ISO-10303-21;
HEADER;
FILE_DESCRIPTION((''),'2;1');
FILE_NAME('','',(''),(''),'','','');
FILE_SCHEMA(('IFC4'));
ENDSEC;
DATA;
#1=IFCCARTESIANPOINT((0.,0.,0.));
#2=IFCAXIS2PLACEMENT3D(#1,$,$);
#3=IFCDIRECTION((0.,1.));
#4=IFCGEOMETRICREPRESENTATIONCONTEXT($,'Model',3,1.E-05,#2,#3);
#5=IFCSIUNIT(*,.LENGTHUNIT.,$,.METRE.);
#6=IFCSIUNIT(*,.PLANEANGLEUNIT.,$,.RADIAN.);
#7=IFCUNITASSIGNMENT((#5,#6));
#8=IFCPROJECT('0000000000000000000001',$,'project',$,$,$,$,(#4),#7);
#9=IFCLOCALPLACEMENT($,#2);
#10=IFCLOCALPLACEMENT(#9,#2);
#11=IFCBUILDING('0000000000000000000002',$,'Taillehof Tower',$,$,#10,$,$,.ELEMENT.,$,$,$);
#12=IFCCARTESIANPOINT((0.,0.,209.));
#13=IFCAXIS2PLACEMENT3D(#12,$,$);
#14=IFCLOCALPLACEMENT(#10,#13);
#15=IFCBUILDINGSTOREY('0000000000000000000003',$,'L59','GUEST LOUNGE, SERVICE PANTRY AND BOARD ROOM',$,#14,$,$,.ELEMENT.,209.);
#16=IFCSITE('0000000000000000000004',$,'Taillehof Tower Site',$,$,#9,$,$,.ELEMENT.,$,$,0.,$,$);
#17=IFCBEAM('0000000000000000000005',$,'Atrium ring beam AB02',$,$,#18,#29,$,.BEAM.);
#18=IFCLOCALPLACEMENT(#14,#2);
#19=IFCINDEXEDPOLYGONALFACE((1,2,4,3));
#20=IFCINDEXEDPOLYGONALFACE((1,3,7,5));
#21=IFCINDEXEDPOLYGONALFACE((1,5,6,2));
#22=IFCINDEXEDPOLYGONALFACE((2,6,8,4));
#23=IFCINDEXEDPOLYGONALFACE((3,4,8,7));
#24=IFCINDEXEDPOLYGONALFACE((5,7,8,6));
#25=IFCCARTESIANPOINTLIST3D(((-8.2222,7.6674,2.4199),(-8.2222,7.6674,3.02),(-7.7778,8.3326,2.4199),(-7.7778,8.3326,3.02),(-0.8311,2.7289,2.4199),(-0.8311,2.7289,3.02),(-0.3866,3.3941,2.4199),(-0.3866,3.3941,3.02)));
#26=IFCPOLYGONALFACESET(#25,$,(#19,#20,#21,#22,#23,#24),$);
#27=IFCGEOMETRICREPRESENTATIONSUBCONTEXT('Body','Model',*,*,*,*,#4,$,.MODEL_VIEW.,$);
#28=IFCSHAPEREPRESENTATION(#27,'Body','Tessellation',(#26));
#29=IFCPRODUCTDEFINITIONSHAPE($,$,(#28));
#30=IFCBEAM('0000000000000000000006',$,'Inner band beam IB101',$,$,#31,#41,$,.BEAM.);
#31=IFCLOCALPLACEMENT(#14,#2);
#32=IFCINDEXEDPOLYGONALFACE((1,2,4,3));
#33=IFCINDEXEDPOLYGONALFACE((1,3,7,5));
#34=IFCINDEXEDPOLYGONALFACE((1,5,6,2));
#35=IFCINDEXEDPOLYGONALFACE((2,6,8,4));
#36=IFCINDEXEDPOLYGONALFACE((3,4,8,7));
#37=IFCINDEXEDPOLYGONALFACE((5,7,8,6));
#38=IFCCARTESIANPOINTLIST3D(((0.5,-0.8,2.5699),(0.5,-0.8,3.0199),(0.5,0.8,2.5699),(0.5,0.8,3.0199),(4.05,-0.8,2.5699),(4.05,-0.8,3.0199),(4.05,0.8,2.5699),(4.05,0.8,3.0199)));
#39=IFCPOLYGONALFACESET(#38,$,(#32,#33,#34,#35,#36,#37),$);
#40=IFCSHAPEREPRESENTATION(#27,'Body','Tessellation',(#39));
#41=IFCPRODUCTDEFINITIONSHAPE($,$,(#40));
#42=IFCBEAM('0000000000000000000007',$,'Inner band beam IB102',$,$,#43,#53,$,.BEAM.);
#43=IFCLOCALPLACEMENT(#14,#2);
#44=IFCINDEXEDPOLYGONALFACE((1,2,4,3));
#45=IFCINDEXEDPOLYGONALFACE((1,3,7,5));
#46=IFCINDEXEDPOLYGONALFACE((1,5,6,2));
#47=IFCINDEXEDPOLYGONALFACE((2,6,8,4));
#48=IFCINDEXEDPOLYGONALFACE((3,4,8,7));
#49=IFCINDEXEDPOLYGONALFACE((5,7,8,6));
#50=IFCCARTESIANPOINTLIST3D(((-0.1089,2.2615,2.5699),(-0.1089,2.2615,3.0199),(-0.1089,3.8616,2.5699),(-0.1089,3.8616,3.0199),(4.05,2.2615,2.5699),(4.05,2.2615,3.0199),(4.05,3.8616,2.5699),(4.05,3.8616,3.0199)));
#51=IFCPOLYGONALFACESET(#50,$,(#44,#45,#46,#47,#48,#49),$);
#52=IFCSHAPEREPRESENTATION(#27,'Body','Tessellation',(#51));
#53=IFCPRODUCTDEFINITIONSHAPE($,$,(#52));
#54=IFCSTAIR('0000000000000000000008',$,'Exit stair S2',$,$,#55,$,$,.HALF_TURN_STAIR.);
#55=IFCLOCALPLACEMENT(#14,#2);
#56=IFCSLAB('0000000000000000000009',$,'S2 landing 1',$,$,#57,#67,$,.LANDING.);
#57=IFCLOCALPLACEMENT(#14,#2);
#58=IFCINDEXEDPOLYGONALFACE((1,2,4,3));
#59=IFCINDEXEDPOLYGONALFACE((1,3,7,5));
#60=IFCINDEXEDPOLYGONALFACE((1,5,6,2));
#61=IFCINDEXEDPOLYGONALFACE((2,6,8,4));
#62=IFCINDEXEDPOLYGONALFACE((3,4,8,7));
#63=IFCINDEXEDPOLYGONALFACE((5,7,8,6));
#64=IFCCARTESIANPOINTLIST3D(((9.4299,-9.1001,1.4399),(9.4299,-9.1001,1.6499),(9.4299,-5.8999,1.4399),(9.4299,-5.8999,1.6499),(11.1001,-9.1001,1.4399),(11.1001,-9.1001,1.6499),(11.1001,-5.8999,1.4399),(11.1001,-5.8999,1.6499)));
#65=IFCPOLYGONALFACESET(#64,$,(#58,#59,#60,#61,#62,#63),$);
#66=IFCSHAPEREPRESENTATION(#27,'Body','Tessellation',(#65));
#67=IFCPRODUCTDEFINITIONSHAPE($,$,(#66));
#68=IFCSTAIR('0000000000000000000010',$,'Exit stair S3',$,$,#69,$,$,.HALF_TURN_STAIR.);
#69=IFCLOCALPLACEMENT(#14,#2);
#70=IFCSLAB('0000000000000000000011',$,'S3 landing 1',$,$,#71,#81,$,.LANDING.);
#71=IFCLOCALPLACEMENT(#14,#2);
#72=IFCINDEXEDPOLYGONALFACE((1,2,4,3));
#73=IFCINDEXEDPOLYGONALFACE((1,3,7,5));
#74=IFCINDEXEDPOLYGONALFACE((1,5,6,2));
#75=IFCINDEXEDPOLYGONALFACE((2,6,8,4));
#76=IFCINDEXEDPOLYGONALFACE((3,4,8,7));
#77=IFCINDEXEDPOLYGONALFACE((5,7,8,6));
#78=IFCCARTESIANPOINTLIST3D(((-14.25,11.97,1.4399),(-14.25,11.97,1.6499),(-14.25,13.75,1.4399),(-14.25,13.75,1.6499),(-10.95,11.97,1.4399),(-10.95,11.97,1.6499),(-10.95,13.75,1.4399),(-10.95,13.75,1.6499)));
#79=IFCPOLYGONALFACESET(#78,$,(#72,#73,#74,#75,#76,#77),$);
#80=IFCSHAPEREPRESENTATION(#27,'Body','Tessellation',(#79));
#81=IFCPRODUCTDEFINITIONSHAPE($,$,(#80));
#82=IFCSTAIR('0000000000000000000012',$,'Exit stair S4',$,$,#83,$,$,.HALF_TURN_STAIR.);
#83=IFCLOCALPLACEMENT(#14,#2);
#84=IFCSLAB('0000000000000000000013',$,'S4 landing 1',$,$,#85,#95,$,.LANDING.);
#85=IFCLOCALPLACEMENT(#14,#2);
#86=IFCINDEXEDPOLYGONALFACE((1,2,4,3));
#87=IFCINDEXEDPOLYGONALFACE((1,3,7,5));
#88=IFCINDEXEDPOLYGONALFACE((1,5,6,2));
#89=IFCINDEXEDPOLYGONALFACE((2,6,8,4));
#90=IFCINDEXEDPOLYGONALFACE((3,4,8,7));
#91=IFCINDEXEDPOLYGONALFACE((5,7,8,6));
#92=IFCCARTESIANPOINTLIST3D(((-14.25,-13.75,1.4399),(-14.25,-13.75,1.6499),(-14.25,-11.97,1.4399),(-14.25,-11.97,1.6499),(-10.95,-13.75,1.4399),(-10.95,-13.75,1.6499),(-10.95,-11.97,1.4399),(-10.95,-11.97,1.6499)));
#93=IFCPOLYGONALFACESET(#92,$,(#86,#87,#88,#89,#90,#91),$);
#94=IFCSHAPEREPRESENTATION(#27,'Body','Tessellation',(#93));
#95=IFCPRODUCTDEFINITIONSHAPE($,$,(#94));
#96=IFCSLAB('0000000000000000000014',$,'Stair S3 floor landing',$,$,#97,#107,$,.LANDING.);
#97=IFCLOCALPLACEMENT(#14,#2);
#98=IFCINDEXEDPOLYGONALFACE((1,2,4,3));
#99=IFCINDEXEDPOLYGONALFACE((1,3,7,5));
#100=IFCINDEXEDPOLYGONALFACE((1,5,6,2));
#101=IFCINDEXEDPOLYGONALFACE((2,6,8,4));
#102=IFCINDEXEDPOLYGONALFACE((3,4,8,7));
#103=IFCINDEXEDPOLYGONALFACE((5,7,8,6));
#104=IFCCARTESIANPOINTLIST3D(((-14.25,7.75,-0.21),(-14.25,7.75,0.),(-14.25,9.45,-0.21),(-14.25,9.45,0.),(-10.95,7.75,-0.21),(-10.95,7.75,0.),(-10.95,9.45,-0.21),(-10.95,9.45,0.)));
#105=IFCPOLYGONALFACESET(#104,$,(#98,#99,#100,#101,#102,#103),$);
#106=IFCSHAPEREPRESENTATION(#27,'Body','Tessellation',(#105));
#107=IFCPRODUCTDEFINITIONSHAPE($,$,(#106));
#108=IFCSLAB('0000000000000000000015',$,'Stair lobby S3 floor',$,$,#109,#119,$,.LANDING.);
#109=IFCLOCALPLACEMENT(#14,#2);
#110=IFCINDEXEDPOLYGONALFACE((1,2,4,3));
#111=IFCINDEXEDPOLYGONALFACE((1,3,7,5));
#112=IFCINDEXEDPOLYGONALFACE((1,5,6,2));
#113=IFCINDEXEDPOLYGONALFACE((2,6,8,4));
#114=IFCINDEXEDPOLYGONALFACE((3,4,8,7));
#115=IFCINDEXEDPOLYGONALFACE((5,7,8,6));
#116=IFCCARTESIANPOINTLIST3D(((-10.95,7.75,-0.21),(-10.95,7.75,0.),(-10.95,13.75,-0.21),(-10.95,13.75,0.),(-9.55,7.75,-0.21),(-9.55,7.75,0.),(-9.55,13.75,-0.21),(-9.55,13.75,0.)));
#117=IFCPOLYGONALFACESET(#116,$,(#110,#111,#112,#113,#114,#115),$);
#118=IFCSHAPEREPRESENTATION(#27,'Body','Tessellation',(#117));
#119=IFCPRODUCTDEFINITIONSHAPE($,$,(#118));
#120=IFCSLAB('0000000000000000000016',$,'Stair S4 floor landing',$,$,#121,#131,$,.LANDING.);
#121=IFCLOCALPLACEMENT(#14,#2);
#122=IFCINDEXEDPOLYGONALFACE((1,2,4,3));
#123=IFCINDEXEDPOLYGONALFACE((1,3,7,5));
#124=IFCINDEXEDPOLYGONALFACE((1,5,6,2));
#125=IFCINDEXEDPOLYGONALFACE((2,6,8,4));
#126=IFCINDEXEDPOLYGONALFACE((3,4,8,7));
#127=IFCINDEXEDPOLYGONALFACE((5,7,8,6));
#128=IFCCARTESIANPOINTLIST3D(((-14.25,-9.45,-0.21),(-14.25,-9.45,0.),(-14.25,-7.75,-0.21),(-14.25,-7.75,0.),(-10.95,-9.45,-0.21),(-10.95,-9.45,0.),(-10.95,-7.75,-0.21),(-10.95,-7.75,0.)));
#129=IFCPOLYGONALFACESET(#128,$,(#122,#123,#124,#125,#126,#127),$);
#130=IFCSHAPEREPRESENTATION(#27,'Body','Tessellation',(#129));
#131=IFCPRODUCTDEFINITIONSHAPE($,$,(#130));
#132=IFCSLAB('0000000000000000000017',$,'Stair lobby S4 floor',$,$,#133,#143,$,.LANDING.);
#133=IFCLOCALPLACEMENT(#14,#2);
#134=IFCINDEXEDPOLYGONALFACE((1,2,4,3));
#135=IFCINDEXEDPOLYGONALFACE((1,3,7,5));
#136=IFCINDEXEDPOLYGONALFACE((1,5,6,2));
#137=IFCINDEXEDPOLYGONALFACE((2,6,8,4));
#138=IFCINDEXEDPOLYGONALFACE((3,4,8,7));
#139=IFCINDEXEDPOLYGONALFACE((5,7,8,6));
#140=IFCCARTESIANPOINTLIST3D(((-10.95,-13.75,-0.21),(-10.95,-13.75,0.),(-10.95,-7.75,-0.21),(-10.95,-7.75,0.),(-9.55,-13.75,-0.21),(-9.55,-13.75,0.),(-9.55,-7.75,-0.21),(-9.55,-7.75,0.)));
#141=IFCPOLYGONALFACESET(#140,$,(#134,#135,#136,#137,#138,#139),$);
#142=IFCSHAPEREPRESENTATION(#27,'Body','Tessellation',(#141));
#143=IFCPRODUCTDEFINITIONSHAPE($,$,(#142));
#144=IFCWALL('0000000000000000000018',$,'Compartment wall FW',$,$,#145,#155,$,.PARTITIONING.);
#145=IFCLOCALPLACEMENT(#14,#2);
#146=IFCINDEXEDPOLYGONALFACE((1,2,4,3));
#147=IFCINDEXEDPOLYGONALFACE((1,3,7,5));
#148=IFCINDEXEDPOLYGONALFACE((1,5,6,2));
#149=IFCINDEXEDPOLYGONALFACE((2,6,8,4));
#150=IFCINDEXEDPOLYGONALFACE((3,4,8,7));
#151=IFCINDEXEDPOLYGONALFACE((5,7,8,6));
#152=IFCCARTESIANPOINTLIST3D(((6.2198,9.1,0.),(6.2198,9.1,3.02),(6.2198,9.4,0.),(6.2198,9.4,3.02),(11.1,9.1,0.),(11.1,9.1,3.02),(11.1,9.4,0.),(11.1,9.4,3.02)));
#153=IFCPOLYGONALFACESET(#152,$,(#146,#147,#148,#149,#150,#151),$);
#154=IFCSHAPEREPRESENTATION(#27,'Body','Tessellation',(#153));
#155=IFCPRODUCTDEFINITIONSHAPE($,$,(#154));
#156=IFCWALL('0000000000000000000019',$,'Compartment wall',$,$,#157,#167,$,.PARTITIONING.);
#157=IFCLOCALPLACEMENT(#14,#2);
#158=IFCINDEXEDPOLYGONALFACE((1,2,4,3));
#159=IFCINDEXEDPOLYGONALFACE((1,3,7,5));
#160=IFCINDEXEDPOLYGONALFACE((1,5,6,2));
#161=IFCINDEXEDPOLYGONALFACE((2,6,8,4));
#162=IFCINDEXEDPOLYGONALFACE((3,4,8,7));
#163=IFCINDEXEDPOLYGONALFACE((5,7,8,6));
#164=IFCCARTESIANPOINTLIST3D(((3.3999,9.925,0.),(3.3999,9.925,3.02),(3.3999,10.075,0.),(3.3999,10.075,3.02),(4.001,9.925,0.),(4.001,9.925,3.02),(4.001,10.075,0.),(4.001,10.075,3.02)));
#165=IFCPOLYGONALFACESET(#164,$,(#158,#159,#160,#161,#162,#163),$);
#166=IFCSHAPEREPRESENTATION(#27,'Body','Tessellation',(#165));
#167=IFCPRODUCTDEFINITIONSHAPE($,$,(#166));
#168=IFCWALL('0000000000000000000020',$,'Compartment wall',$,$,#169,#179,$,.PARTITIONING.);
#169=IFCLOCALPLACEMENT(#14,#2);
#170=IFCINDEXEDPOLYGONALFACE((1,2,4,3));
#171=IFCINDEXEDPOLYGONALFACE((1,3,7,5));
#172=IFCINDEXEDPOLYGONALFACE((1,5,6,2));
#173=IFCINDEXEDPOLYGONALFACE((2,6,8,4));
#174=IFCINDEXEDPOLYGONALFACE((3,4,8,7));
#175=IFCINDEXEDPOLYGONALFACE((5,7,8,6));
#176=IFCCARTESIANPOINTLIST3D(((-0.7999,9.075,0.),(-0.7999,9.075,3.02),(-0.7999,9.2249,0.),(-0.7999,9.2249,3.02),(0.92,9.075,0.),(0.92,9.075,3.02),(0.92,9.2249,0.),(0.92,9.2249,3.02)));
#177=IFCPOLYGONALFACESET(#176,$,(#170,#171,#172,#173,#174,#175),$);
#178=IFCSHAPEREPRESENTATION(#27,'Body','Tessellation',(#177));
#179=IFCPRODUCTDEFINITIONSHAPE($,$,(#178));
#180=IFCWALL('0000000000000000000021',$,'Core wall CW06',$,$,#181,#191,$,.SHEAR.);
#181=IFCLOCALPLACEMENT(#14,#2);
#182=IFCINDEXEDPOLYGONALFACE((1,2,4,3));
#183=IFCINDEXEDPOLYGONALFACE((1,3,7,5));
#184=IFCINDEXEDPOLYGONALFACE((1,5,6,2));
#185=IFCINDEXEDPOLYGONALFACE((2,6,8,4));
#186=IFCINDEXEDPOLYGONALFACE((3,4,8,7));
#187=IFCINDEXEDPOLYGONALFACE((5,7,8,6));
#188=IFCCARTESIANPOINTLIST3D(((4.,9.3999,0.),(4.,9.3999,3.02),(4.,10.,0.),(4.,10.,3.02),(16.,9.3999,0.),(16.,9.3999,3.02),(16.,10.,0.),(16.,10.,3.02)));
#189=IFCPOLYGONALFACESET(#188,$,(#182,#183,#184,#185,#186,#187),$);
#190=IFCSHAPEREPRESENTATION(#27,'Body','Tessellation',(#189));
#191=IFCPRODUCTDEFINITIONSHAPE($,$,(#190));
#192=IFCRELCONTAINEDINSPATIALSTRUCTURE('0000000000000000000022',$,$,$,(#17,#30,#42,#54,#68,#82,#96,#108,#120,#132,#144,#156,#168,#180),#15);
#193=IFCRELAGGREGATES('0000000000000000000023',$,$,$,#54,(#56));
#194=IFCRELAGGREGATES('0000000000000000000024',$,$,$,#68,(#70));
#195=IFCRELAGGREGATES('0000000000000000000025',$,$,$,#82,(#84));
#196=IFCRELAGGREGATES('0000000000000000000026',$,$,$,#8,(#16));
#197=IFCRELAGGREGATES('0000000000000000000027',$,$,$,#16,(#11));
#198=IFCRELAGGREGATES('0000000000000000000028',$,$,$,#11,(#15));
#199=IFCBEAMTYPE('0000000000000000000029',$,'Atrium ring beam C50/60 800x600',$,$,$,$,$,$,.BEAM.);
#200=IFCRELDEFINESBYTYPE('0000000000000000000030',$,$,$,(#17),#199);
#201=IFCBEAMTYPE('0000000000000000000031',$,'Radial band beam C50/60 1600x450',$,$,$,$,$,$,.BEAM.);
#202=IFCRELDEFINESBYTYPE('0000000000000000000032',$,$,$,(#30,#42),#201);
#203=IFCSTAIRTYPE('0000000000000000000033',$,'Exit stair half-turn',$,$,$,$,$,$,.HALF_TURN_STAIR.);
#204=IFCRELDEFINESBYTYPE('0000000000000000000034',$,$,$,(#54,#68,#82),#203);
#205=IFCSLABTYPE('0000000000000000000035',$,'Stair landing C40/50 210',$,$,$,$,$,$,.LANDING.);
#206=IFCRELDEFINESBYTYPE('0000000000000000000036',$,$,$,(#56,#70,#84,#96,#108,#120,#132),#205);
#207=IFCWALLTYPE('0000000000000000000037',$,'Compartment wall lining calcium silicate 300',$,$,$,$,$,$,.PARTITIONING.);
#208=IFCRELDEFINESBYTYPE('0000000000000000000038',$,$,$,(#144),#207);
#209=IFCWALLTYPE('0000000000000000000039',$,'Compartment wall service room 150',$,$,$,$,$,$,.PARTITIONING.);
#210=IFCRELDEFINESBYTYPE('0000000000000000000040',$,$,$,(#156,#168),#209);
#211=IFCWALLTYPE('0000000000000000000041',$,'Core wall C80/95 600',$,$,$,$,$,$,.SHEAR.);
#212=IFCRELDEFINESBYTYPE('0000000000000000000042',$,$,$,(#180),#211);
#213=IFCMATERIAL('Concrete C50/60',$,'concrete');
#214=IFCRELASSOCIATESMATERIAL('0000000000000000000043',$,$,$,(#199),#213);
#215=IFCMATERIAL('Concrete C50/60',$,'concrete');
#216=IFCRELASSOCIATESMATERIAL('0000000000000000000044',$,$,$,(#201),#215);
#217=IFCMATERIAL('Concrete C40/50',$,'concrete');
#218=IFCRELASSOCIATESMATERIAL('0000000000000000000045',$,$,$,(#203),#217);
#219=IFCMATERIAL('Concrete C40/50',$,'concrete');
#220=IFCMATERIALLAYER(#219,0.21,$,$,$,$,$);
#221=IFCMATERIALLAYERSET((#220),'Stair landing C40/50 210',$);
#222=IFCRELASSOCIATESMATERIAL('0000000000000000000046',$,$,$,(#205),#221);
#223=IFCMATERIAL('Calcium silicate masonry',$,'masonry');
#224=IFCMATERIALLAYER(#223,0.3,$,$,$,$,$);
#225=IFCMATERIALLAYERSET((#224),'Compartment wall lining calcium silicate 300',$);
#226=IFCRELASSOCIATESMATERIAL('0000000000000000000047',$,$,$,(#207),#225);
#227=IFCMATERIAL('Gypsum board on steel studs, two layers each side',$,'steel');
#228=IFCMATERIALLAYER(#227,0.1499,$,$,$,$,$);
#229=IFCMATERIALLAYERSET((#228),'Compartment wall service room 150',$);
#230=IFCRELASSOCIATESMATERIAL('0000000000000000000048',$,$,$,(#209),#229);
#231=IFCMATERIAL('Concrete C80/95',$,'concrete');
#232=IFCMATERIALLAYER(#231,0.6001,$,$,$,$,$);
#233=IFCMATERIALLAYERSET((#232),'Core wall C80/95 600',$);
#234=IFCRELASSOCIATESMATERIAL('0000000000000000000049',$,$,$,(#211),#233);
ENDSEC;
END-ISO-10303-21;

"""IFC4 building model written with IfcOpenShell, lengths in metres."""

from ifc_helpers import new_model, si_unit, direction, frame, frame_2d, origin, origin_2d, place, context, subcontext, project, spatial, polyline, rectangle, outline, extrude, material, layer, layer_set, material_profile, profile_set, type_object, element, aggregate, save


model = new_model("IFC4")

# Units and contexts
model_context = context("Model", 3, precision=1e-05, world=origin(), true_north=direction((0.0, 1.0)))
body_context = subcontext(model_context, "Body", "Model", "MODEL_VIEW")
ifc_project = project(units=[si_unit("LENGTHUNIT", "METRE"), si_unit("PLANEANGLEUNIT", "RADIAN")], contexts=[model_context])

# Site, building, storey
site_placement = place(None, origin())
site = spatial("IfcSite", under=ifc_project, at=site_placement, Name="Taillehof Tower Site", CompositionType="ELEMENT", RefElevation=0.0)
building_placement = place(site_placement, origin())
building = spatial("IfcBuilding", under=site, at=building_placement, Name="Taillehof Tower", CompositionType="ELEMENT")
storey_placement = place(building_placement, frame((0.0, 0.0, 209.0)))
storey = spatial("IfcBuildingStorey", under=building, at=storey_placement, Name="L59", Description="GUEST LOUNGE, SERVICE PANTRY AND BOARD ROOM", CompositionType="ELEMENT", Elevation=209.0)

# Beams
ifc_material_1 = material(Name="Concrete C50/60", Category="concrete")
ifc_material_profile_1 = material_profile(ifc_material_1, rectangle(XDim=0.8, YDim=0.6001, at=origin_2d()), Name="RC 800x600")
ifc_profile_set_1 = profile_set([ifc_material_profile_1], Name="Concrete C50/60")
beam_type_1 = type_object("IfcBeamType", Name="Atrium ring beam C50/60 800x600", PredefinedType="BEAM", material=ifc_profile_set_1)
beam_1_placement = place(storey_placement, frame((-0.6089, 3.0615, 2.72), z_axis=(-0.831475, 0.555562, 0.0), x_axis=(-0.555562, -0.831475, 0.0)))
element("IfcBeam", 1, at=beam_1_placement, inside=storey, type_object=beam_type_1, Name="Atrium ring beam AB02", PredefinedType="BEAM", context=body_context, shape_type="SweptSolid", body=[
    extrude(rectangle(XDim=0.8, YDim=0.6001, at=origin_2d()), origin(), (0.0, 0.0, 1.0), 8.8892),
])
ifc_material_2 = material(Name="Concrete C50/60", Category="concrete")
ifc_material_profile_2 = material_profile(ifc_material_2, rectangle(XDim=1.6001, YDim=0.45, at=origin_2d()), Name="RC 1600x450")
ifc_profile_set_2 = profile_set([ifc_material_profile_2], Name="Concrete C50/60")
beam_type_2 = type_object("IfcBeamType", Name="Radial band beam C50/60 1600x450", PredefinedType="BEAM", material=ifc_profile_set_2)
beam_2_placement = place(storey_placement, frame((0.5, 0.0, 2.7949), z_axis=(1.0, 0.0, 0.0), x_axis=(0.0, 1.0, 0.0)))
element("IfcBeam", 2, at=beam_2_placement, inside=storey, type_object=beam_type_2, Name="Inner band beam IB101", PredefinedType="BEAM", context=body_context, shape_type="SweptSolid", body=[
    extrude(rectangle(XDim=1.6001, YDim=0.45, at=origin_2d()), origin(), (0.0, 0.0, 1.0), 3.55),
])
beam_3_placement = place(storey_placement, frame((-0.1089, 3.0615, 2.7949), z_axis=(1.0, 0.0, 0.0), x_axis=(0.0, 1.0, 0.0)))
element("IfcBeam", 3, at=beam_3_placement, inside=storey, type_object=beam_type_2, Name="Inner band beam IB102", PredefinedType="BEAM", context=body_context, shape_type="SweptSolid", body=[
    extrude(rectangle(XDim=1.6001, YDim=0.45, at=origin_2d()), origin(), (0.0, 0.0, 1.0), 4.1589),
])

# Stairs, slabs
ifc_material_3 = material(Name="Concrete C40/50", Category="concrete")
stair_type = type_object("IfcStairType", Name="Exit stair half-turn", PredefinedType="HALF_TURN_STAIR", material=ifc_material_3)
stair_1_placement = place(storey_placement, origin())
stair_1 = element("IfcStair", 4, at=stair_1_placement, inside=storey, type_object=stair_type, Name="Exit stair S2", PredefinedType="HALF_TURN_STAIR")
ifc_material_4 = material(Name="Concrete C40/50", Category="concrete")
ifc_layer_1 = layer(ifc_material_4, 0.21)
ifc_layer_set_1 = layer_set([ifc_layer_1], Name="Stair landing C40/50 210")
slab_type = type_object("IfcSlabType", Name="Stair landing C40/50 210", PredefinedType="LANDING", material=ifc_layer_set_1)
slab_1_placement = place(storey_placement, frame((0.0, 0.0, 1.4399)))
slab_1 = element("IfcSlab", 5, at=slab_1_placement, type_object=slab_type, Name="S2 landing 1", PredefinedType="LANDING", context=body_context, shape_type="SweptSolid", body=[
    extrude(outline(polyline([(9.4299, -5.8999), (11.1001, -5.8999), (11.1001, -9.1001), (9.4299, -9.1001), (9.4299, -5.8999)])), origin(), (0.0, 0.0, 1.0), 0.21),
])
aggregate(stair_1, [slab_1])
stair_2_placement = place(storey_placement, origin())
stair_2 = element("IfcStair", 6, at=stair_2_placement, inside=storey, type_object=stair_type, Name="Exit stair S3", PredefinedType="HALF_TURN_STAIR")
slab_2_placement = place(storey_placement, frame((0.0, 0.0, 1.4399)))
slab_2 = element("IfcSlab", 7, at=slab_2_placement, type_object=slab_type, Name="S3 landing 1", PredefinedType="LANDING", context=body_context, shape_type="SweptSolid", body=[
    extrude(outline(polyline([(-14.25, 11.97), (-14.25, 13.75), (-10.95, 13.75), (-10.95, 11.97), (-14.25, 11.97)])), origin(), (0.0, 0.0, 1.0), 0.21),
])
aggregate(stair_2, [slab_2])
stair_3_placement = place(storey_placement, origin())
stair_3 = element("IfcStair", 8, at=stair_3_placement, inside=storey, type_object=stair_type, Name="Exit stair S4", PredefinedType="HALF_TURN_STAIR")
slab_3_placement = place(storey_placement, frame((0.0, 0.0, 1.4399)))
slab_3 = element("IfcSlab", 9, at=slab_3_placement, type_object=slab_type, Name="S4 landing 1", PredefinedType="LANDING", context=body_context, shape_type="SweptSolid", body=[
    extrude(outline(polyline([(-14.25, -11.97), (-14.25, -13.75), (-10.95, -13.75), (-10.95, -11.97), (-14.25, -11.97)])), origin(), (0.0, 0.0, 1.0), 0.21),
])
aggregate(stair_3, [slab_3])

# Slabs
slab_4_placement = place(storey_placement, frame((0.0, 0.0, -0.21)))
element("IfcSlab", 10, at=slab_4_placement, inside=storey, type_object=slab_type, Name="Stair S3 floor landing", PredefinedType="LANDING", context=body_context, shape_type="SweptSolid", body=[
    extrude(outline(polyline([(-14.25, 7.75), (-14.25, 9.45), (-10.95, 9.45), (-10.95, 7.75), (-14.25, 7.75)])), origin(), (0.0, 0.0, 1.0), 0.21),
])
slab_5_placement = place(storey_placement, frame((0.0, 0.0, -0.21)))
element("IfcSlab", 11, at=slab_5_placement, inside=storey, type_object=slab_type, Name="Stair lobby S3 floor", PredefinedType="LANDING", context=body_context, shape_type="SweptSolid", body=[
    extrude(outline(polyline([(-10.95, 7.75), (-9.55, 7.75), (-9.55, 13.75), (-10.95, 13.75), (-10.95, 7.75)])), origin(), (0.0, 0.0, 1.0), 0.21),
])
slab_6_placement = place(storey_placement, frame((0.0, 0.0, -0.21)))
element("IfcSlab", 12, at=slab_6_placement, inside=storey, type_object=slab_type, Name="Stair S4 floor landing", PredefinedType="LANDING", context=body_context, shape_type="SweptSolid", body=[
    extrude(outline(polyline([(-14.25, -7.75), (-14.25, -9.45), (-10.95, -9.45), (-10.95, -7.75), (-14.25, -7.75)])), origin(), (0.0, 0.0, 1.0), 0.21),
])
slab_7_placement = place(storey_placement, frame((0.0, 0.0, -0.21)))
element("IfcSlab", 13, at=slab_7_placement, inside=storey, type_object=slab_type, Name="Stair lobby S4 floor", PredefinedType="LANDING", context=body_context, shape_type="SweptSolid", body=[
    extrude(outline(polyline([(-10.95, -13.75), (-9.55, -13.75), (-9.55, -7.75), (-10.95, -7.75), (-10.95, -13.75)])), origin(), (0.0, 0.0, 1.0), 0.21),
])

# Walls
ifc_material_5 = material(Name="Calcium silicate masonry", Category="masonry")
ifc_layer_2 = layer(ifc_material_5, 0.3)
ifc_layer_set_2 = layer_set([ifc_layer_2], Name="Compartment wall lining calcium silicate 300")
wall_type_1 = type_object("IfcWallType", Name="Compartment wall lining calcium silicate 300", PredefinedType="PARTITIONING", material=ifc_layer_set_2)
wall_1_placement = place(storey_placement, frame((6.22, 9.25, 0.0), z_axis=(0.0, 0.0, 1.0), x_axis=(1.0, 0.0, 0.0)))
element("IfcWall", 14, at=wall_1_placement, inside=storey, type_object=wall_type_1, Name="Compartment wall FW", PredefinedType="PARTITIONING", context=body_context, shape_type="SweptSolid", body=[
    extrude(rectangle(XDim=4.8801, YDim=0.3, at=frame_2d((2.4399, 0.0))), origin(), (0.0, 0.0, 1.0), 3.02),
])
ifc_material_6 = material(Name="Gypsum board on steel studs, two layers each side", Category="steel")
ifc_layer_3 = layer(ifc_material_6, 0.1499)
ifc_layer_set_3 = layer_set([ifc_layer_3], Name="Compartment wall service room 150")
wall_type_2 = type_object("IfcWallType", Name="Compartment wall service room 150", PredefinedType="PARTITIONING", material=ifc_layer_set_3)
wall_2_placement = place(storey_placement, frame((4.001, 10.0, 0.0), z_axis=(0.0, 0.0, 1.0), x_axis=(-1.0, 0.0, 0.0)))
element("IfcWall", 15, at=wall_2_placement, inside=storey, type_object=wall_type_2, Name="Compartment wall", PredefinedType="PARTITIONING", context=body_context, shape_type="SweptSolid", body=[
    extrude(rectangle(XDim=0.6011, YDim=0.1499, at=frame_2d((0.3005, 0.0))), origin(), (0.0, 0.0, 1.0), 3.02),
])
wall_3_placement = place(storey_placement, frame((0.9199, 9.1499, 0.0), z_axis=(0.0, 0.0, 1.0), x_axis=(-1.0, 0.0, 0.0)))
element("IfcWall", 16, at=wall_3_placement, inside=storey, type_object=wall_type_2, Name="Compartment wall", PredefinedType="PARTITIONING", context=body_context, shape_type="SweptSolid", body=[
    extrude(rectangle(XDim=1.72, YDim=0.1499, at=frame_2d((0.8599, 0.0))), origin(), (0.0, 0.0, 1.0), 3.02),
])
ifc_material_7 = material(Name="Concrete C80/95", Category="concrete")
ifc_layer_4 = layer(ifc_material_7, 0.6001)
ifc_layer_set_4 = layer_set([ifc_layer_4], Name="Core wall C80/95 600")
wall_type_3 = type_object("IfcWallType", Name="Core wall C80/95 600", PredefinedType="SHEAR", material=ifc_layer_set_4)
wall_4_placement = place(storey_placement, frame((4.0, 9.7, 0.0), z_axis=(0.0, 0.0, 1.0), x_axis=(1.0, 0.0, 0.0)))
element("IfcWall", 17, at=wall_4_placement, inside=storey, type_object=wall_type_3, Name="Core wall CW06", PredefinedType="SHEAR", context=body_context, shape_type="SweptSolid", body=[
    extrude(rectangle(XDim=12.0, YDim=0.6001, at=frame_2d((6.0, 0.0))), origin(), (0.0, 0.0, 1.0), 3.02),
])

save(model, "model.ifc")
